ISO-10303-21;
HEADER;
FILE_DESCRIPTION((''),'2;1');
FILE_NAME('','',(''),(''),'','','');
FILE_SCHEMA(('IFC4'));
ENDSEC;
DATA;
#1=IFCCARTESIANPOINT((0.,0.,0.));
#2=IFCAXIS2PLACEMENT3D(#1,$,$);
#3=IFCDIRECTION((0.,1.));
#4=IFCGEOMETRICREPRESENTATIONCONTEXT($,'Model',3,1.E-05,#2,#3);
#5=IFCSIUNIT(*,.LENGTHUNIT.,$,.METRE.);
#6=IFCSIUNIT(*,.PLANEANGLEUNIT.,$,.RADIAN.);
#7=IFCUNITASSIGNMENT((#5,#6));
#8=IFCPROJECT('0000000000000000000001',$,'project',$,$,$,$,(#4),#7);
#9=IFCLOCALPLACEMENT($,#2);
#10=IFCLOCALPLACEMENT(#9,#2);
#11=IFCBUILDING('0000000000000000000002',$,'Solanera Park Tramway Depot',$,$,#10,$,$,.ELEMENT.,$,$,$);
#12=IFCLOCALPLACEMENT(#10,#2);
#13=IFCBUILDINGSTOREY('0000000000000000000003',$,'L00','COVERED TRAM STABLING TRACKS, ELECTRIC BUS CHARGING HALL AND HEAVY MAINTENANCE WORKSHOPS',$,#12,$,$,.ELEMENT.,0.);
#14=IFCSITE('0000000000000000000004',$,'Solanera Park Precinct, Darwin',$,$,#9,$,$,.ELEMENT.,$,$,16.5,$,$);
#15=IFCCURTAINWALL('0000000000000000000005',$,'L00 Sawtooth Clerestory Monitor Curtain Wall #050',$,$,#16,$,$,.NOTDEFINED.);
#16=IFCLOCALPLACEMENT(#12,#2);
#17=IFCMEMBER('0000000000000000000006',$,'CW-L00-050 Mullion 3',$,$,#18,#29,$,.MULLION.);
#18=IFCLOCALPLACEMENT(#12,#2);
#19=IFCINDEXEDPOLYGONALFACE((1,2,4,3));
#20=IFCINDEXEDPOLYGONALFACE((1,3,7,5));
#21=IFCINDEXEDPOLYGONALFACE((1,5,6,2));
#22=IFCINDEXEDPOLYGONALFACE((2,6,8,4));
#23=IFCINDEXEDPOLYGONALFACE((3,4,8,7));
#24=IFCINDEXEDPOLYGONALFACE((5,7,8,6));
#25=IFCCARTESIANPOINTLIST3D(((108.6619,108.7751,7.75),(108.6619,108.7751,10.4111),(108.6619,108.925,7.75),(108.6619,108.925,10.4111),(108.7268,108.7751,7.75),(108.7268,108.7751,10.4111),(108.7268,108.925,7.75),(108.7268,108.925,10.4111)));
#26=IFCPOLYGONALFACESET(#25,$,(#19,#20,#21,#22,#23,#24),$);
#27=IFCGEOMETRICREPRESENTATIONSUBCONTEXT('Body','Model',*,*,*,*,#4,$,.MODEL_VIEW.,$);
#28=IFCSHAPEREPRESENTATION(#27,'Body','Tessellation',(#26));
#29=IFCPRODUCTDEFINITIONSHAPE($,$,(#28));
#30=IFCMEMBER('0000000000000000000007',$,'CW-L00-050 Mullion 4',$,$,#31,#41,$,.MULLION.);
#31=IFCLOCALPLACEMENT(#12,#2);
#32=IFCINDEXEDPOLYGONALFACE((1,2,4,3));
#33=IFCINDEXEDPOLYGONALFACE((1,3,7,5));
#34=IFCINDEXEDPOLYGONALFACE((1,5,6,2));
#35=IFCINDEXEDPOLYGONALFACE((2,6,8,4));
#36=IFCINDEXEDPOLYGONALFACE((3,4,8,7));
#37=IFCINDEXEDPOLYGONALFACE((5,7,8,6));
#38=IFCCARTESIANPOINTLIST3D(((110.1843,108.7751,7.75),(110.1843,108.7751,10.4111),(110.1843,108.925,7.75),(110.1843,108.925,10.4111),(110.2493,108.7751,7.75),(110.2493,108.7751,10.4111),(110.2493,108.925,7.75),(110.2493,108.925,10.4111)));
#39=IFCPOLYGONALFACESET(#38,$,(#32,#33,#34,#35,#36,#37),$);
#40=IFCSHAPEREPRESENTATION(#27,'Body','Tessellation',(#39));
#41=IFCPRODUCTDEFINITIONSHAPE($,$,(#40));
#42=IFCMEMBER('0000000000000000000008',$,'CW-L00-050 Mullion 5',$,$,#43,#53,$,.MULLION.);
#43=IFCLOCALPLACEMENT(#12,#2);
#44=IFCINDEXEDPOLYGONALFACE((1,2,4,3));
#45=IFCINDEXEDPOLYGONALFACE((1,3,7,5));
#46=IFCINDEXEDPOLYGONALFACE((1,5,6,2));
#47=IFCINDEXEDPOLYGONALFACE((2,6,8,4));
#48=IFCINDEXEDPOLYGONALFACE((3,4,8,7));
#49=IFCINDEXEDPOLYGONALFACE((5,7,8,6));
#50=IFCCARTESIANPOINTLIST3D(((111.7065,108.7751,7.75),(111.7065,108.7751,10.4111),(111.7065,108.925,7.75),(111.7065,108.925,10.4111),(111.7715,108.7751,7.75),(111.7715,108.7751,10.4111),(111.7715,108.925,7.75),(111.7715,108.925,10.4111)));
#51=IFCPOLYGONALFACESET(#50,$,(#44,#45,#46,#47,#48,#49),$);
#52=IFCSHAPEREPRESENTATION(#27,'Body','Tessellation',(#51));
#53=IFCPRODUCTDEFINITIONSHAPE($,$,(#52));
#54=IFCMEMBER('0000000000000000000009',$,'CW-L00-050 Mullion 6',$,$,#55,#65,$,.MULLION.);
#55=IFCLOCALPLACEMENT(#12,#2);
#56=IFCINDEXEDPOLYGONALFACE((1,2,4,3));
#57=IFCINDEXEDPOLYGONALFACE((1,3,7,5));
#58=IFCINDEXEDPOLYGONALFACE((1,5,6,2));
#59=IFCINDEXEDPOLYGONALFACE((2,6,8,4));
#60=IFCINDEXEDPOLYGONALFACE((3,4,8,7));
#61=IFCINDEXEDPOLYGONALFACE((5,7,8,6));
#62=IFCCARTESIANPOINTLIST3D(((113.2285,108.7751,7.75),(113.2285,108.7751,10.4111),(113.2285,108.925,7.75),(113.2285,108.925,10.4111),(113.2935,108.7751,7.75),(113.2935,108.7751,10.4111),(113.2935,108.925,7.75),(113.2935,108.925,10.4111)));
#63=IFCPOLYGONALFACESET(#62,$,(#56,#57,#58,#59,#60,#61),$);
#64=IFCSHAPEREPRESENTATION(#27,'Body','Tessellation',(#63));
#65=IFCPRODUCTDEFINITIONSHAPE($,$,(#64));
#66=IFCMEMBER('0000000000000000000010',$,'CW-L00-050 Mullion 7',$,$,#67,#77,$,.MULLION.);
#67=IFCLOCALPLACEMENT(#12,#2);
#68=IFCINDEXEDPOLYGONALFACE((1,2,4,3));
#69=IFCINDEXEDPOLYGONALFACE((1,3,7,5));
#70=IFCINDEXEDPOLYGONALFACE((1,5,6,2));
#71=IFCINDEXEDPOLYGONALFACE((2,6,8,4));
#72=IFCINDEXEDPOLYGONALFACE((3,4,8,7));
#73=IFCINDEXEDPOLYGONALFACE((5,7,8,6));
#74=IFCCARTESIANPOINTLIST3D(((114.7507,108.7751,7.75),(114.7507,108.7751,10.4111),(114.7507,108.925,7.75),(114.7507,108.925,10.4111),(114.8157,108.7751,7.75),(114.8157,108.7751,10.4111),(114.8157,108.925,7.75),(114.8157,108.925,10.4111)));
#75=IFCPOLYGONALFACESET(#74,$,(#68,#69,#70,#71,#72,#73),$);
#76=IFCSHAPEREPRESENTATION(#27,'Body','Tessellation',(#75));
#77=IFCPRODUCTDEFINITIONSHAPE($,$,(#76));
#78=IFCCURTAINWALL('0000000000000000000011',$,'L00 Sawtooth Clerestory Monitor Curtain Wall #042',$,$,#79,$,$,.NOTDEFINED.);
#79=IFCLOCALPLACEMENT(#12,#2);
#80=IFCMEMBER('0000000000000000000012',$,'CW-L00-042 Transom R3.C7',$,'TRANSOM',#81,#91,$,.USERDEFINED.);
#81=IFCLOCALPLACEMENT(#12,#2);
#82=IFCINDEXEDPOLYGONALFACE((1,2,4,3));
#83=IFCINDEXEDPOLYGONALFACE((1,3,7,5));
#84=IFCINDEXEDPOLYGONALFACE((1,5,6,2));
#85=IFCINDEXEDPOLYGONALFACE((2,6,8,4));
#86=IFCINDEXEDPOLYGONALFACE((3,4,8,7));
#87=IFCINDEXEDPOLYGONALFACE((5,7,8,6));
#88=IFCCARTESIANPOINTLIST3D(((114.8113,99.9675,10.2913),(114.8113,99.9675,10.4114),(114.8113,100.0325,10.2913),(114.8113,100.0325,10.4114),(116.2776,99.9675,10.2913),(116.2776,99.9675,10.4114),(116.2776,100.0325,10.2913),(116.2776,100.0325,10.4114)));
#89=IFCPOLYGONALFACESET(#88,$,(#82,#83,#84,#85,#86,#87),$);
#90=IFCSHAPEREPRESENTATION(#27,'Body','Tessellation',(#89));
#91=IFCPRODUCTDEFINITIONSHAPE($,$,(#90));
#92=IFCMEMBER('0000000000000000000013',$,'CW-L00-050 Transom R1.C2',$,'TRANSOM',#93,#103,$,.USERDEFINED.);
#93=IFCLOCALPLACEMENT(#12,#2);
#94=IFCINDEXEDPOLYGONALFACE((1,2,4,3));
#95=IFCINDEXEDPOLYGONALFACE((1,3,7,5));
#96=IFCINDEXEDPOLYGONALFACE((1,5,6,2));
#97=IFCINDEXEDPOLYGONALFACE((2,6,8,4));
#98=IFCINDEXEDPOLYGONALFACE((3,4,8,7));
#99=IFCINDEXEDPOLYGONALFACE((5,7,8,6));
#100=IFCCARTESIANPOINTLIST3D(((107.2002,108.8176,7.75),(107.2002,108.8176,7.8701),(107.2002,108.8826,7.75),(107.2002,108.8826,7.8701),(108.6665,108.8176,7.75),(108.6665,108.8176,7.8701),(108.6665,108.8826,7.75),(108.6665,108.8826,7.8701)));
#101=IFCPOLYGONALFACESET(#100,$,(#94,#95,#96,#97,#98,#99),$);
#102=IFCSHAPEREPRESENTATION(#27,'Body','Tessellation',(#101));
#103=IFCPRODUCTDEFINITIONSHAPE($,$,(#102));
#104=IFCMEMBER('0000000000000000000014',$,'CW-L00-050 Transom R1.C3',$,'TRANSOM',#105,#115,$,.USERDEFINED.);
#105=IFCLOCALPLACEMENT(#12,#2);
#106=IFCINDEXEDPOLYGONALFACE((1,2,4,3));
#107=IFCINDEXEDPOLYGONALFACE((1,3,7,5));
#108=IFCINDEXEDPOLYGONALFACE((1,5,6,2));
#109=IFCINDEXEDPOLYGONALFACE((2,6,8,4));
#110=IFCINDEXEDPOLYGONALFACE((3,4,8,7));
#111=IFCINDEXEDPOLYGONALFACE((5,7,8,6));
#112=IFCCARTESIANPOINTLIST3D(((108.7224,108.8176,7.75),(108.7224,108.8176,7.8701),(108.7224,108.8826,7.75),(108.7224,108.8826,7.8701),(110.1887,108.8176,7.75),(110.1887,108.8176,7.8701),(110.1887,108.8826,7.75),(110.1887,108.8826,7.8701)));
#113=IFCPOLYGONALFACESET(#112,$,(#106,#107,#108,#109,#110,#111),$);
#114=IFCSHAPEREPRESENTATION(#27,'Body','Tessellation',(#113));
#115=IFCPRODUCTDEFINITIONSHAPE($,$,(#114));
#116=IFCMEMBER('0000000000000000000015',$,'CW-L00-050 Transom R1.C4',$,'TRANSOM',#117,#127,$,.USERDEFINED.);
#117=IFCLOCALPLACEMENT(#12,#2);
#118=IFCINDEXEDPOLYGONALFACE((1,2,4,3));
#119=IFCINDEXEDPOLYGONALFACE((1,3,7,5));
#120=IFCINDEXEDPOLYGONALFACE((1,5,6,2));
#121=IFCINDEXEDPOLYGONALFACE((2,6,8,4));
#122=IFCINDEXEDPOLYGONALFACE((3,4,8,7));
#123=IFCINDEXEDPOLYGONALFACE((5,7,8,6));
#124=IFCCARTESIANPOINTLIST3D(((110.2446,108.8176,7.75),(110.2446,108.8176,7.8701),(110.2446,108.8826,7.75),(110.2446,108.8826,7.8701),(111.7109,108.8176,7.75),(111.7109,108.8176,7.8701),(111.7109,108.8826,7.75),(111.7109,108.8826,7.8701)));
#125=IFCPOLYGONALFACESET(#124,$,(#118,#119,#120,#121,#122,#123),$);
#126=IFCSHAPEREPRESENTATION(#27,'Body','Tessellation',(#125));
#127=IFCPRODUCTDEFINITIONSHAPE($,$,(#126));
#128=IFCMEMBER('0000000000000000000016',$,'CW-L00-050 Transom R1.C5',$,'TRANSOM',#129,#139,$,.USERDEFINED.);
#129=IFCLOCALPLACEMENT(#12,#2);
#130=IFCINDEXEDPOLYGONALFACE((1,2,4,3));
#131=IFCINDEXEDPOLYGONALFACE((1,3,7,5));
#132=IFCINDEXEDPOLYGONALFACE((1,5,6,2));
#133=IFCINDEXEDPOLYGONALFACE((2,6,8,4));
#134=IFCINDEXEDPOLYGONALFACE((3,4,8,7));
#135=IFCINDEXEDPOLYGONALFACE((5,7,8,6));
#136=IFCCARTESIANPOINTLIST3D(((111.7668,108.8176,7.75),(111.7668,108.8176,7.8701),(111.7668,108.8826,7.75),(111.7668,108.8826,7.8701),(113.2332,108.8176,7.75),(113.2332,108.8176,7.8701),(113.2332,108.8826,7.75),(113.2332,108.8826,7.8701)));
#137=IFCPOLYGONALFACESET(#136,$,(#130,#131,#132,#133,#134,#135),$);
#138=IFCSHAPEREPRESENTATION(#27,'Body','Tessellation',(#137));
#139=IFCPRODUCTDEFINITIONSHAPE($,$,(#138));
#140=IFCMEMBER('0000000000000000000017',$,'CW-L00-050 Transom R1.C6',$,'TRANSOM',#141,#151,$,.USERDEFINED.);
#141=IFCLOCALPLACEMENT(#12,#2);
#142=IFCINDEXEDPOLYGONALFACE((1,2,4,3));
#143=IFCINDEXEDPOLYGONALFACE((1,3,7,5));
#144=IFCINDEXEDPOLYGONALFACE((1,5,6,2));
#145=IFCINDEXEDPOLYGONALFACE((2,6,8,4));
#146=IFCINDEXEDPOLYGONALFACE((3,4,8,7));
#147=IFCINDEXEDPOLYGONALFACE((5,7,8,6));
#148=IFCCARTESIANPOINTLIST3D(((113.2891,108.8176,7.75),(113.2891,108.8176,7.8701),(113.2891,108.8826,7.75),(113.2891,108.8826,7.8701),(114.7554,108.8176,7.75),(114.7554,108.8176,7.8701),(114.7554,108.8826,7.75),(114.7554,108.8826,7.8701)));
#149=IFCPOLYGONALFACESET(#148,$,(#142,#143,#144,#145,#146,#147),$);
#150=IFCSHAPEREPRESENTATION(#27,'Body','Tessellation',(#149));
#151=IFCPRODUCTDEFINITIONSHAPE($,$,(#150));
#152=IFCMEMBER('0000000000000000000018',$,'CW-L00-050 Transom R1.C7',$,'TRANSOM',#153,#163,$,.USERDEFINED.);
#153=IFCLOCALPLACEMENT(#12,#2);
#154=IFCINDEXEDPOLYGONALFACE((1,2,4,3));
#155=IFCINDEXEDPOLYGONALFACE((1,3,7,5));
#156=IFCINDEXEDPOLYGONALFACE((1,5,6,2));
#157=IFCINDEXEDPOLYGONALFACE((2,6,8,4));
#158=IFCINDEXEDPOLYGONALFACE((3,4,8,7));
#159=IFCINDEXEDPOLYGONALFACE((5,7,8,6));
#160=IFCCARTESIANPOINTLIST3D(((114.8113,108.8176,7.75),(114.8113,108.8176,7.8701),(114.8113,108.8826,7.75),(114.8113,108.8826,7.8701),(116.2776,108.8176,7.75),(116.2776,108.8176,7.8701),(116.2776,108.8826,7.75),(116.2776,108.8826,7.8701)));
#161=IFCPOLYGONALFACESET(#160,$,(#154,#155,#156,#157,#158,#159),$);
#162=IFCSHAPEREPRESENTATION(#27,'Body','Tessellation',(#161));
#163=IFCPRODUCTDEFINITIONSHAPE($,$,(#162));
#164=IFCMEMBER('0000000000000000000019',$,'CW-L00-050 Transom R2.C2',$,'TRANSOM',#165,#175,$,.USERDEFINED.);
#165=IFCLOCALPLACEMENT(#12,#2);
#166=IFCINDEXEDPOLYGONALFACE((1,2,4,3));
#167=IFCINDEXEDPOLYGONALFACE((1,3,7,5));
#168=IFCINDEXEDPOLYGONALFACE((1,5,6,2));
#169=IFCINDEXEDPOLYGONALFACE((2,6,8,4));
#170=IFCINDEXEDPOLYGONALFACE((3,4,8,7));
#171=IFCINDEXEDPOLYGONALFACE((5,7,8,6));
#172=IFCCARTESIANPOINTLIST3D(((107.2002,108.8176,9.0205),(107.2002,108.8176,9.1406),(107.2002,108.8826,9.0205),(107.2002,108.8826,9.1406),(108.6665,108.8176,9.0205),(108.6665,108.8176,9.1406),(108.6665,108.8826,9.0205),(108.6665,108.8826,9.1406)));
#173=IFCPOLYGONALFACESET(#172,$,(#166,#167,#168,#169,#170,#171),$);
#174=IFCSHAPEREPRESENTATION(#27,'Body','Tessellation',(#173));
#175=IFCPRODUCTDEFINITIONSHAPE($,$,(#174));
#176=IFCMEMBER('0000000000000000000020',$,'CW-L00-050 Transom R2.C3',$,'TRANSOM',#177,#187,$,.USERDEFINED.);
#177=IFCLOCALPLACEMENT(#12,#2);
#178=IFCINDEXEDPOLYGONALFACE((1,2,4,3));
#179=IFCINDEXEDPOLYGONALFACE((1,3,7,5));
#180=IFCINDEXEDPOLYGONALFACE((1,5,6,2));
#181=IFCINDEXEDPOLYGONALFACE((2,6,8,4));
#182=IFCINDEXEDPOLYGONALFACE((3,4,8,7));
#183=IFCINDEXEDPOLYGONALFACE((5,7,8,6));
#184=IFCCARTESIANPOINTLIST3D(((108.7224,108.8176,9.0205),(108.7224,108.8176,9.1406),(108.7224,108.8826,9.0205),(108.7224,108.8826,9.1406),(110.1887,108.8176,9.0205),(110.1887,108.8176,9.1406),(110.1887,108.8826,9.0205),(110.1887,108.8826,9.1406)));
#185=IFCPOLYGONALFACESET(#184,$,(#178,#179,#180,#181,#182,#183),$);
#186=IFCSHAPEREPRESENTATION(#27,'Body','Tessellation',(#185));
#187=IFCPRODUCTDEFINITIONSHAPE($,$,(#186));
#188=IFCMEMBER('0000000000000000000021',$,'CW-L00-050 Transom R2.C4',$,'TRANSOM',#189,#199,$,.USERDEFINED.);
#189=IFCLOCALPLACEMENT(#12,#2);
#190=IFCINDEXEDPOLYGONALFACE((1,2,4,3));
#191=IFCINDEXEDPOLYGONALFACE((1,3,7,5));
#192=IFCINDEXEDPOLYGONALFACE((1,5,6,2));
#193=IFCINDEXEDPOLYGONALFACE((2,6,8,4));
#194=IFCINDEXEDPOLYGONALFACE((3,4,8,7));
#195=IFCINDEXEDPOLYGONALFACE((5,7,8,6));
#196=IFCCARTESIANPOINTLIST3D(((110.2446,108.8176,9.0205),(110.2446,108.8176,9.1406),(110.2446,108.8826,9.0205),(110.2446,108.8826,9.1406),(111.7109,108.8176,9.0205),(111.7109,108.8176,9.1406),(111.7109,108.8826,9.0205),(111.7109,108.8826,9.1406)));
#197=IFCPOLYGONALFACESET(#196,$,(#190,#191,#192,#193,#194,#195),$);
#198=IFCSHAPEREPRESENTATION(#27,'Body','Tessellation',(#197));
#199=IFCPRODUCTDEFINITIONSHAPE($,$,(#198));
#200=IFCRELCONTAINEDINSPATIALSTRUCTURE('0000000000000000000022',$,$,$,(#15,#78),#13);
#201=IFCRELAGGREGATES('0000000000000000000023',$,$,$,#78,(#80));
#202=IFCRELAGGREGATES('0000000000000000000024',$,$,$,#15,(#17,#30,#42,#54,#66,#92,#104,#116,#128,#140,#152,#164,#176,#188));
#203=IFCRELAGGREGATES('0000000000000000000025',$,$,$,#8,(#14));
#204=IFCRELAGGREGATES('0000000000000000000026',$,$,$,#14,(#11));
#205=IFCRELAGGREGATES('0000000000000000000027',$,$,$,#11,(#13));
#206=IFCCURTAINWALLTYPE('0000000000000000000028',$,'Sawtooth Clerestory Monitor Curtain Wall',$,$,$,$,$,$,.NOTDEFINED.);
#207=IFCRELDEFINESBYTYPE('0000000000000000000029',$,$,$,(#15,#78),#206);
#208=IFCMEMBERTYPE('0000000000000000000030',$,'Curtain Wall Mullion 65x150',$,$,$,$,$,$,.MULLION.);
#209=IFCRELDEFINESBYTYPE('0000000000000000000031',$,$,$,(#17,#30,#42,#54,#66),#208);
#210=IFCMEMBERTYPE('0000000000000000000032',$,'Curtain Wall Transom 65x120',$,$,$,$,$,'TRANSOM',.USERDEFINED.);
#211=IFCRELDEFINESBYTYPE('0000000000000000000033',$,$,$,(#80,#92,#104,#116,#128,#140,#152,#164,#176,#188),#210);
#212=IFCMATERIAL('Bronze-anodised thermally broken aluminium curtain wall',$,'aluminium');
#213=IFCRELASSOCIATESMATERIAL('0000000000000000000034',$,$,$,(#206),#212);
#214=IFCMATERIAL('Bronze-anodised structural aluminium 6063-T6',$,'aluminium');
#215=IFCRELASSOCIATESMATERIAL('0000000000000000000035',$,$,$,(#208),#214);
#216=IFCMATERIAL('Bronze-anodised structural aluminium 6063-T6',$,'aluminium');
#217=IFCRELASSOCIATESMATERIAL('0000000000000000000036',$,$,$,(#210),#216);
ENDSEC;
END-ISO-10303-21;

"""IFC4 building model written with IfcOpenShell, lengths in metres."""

from ifc_helpers import new_model, si_unit, direction, frame, origin, origin_2d, place, context, subcontext, project, spatial, rectangle, extrude, material, material_profile, profile_set, type_object, element, aggregate, save


model = new_model("IFC4")

# Units and contexts
model_context = context("Model", 3, precision=1e-05, world=origin(), true_north=direction((0.0, 1.0)))
body_context = subcontext(model_context, "Body", "Model", "MODEL_VIEW")
ifc_project = project(units=[si_unit("LENGTHUNIT", "METRE"), si_unit("PLANEANGLEUNIT", "RADIAN")], contexts=[model_context])

# Site, building, storey
site_placement = place(None, origin())
site = spatial("IfcSite", under=ifc_project, at=site_placement, Name="Solanera Park Precinct, Darwin", CompositionType="ELEMENT", RefElevation=16.5)
building_placement = place(site_placement, origin())
building = spatial("IfcBuilding", under=site, at=building_placement, Name="Solanera Park Tramway Depot", CompositionType="ELEMENT")
storey_placement = place(building_placement, origin())
storey = spatial("IfcBuildingStorey", under=building, at=storey_placement, Name="L00", Description="COVERED TRAM STABLING TRACKS, ELECTRIC BUS CHARGING HALL AND HEAVY MAINTENANCE WORKSHOPS", CompositionType="ELEMENT", Elevation=0.0)

# Curtain wall, members
ifc_material_1 = material(Name="Bronze-anodised thermally broken aluminium curtain wall", Category="aluminium")
curtain_wall_type = type_object("IfcCurtainWallType", Name="Sawtooth Clerestory Monitor Curtain Wall", PredefinedType="NOTDEFINED", material=ifc_material_1)
curtain_wall_1_placement = place(storey_placement, origin())
curtain_wall_1 = element("IfcCurtainWall", 1, at=curtain_wall_1_placement, inside=storey, type_object=curtain_wall_type, Name="L00 Sawtooth Clerestory Monitor Curtain Wall #050", PredefinedType="NOTDEFINED")
ifc_material_2 = material(Name="Bronze-anodised structural aluminium 6063-T6", Category="aluminium")
ifc_material_profile_1 = material_profile(ifc_material_2, rectangle(XDim=0.0649, YDim=0.1499, at=origin_2d()), Name="Curtain Wall Mullion 65x150")
ifc_profile_set_1 = profile_set([ifc_material_profile_1], Name="Bronze-anodised structural aluminium 6063-T6")
member_type_1 = type_object("IfcMemberType", Name="Curtain Wall Mullion 65x150", PredefinedType="MULLION", material=ifc_profile_set_1)
member_1_placement = place(storey_placement, frame((108.6943, 108.8501, 7.75), z_axis=(0.0, 0.0, 1.0), x_axis=(1.0, 0.0, 0.0)))
member_1 = element("IfcMember", 2, at=member_1_placement, type_object=member_type_1, Name="CW-L00-050 Mullion 3", PredefinedType="MULLION", context=body_context, shape_type="SweptSolid", body=[
    extrude(rectangle(XDim=0.0649, YDim=0.1499, at=origin_2d()), origin(), (0.0, 0.0, 1.0), 2.6611),
])
member_2_placement = place(storey_placement, frame((110.2168, 108.8501, 7.75), z_axis=(0.0, 0.0, 1.0), x_axis=(1.0, 0.0, 0.0)))
member_2 = element("IfcMember", 3, at=member_2_placement, type_object=member_type_1, Name="CW-L00-050 Mullion 4", PredefinedType="MULLION", context=body_context, shape_type="SweptSolid", body=[
    extrude(rectangle(XDim=0.0649, YDim=0.1499, at=origin_2d()), origin(), (0.0, 0.0, 1.0), 2.6611),
])
member_3_placement = place(storey_placement, frame((111.739, 108.8501, 7.75), z_axis=(0.0, 0.0, 1.0), x_axis=(1.0, 0.0, 0.0)))
member_3 = element("IfcMember", 4, at=member_3_placement, type_object=member_type_1, Name="CW-L00-050 Mullion 5", PredefinedType="MULLION", context=body_context, shape_type="SweptSolid", body=[
    extrude(rectangle(XDim=0.0649, YDim=0.1499, at=origin_2d()), origin(), (0.0, 0.0, 1.0), 2.6611),
])
member_4_placement = place(storey_placement, frame((113.261, 108.8501, 7.75), z_axis=(0.0, 0.0, 1.0), x_axis=(1.0, 0.0, 0.0)))
member_4 = element("IfcMember", 5, at=member_4_placement, type_object=member_type_1, Name="CW-L00-050 Mullion 6", PredefinedType="MULLION", context=body_context, shape_type="SweptSolid", body=[
    extrude(rectangle(XDim=0.0649, YDim=0.1499, at=origin_2d()), origin(), (0.0, 0.0, 1.0), 2.6611),
])
member_5_placement = place(storey_placement, frame((114.7832, 108.8501, 7.75), z_axis=(0.0, 0.0, 1.0), x_axis=(1.0, 0.0, 0.0)))
member_5 = element("IfcMember", 6, at=member_5_placement, type_object=member_type_1, Name="CW-L00-050 Mullion 7", PredefinedType="MULLION", context=body_context, shape_type="SweptSolid", body=[
    extrude(rectangle(XDim=0.0649, YDim=0.1499, at=origin_2d()), origin(), (0.0, 0.0, 1.0), 2.6611),
])

# Curtain wall, member
curtain_wall_2_placement = place(storey_placement, origin())
curtain_wall_2 = element("IfcCurtainWall", 7, at=curtain_wall_2_placement, inside=storey, type_object=curtain_wall_type, Name="L00 Sawtooth Clerestory Monitor Curtain Wall #042", PredefinedType="NOTDEFINED")
ifc_material_3 = material(Name="Bronze-anodised structural aluminium 6063-T6", Category="aluminium")
ifc_material_profile_2 = material_profile(ifc_material_3, rectangle(XDim=0.0649, YDim=0.1201, at=origin_2d()), Name="Curtain Wall Transom 65x120")
ifc_profile_set_2 = profile_set([ifc_material_profile_2], Name="Bronze-anodised structural aluminium 6063-T6")
member_type_2 = type_object("IfcMemberType", Name="Curtain Wall Transom 65x120", ElementType="TRANSOM", PredefinedType="USERDEFINED", material=ifc_profile_set_2)
member_6_placement = place(storey_placement, frame((114.8113, 100.0, 10.3513), z_axis=(1.0, 0.0, 0.0), x_axis=(0.0, 1.0, 0.0)))
member_6 = element("IfcMember", 8, at=member_6_placement, type_object=member_type_2, Name="CW-L00-042 Transom R3.C7", ObjectType="TRANSOM", PredefinedType="USERDEFINED", context=body_context, shape_type="SweptSolid", body=[
    extrude(rectangle(XDim=0.0649, YDim=0.1201, at=origin_2d()), origin(), (0.0, 0.0, 1.0), 1.4663),
])
aggregate(curtain_wall_2, [member_6])

# Members
member_7_placement = place(storey_placement, frame((107.2002, 108.8501, 7.8101), z_axis=(1.0, 0.0, 0.0), x_axis=(0.0, 1.0, 0.0)))
member_7 = element("IfcMember", 9, at=member_7_placement, type_object=member_type_2, Name="CW-L00-050 Transom R1.C2", ObjectType="TRANSOM", PredefinedType="USERDEFINED", context=body_context, shape_type="SweptSolid", body=[
    extrude(rectangle(XDim=0.0649, YDim=0.1201, at=origin_2d()), origin(), (0.0, 0.0, 1.0), 1.4663),
])
member_8_placement = place(storey_placement, frame((108.7224, 108.8501, 7.8101), z_axis=(1.0, 0.0, 0.0), x_axis=(0.0, 1.0, 0.0)))
member_8 = element("IfcMember", 10, at=member_8_placement, type_object=member_type_2, Name="CW-L00-050 Transom R1.C3", ObjectType="TRANSOM", PredefinedType="USERDEFINED", context=body_context, shape_type="SweptSolid", body=[
    extrude(rectangle(XDim=0.0649, YDim=0.1201, at=origin_2d()), origin(), (0.0, 0.0, 1.0), 1.4663),
])
member_9_placement = place(storey_placement, frame((110.2446, 108.8501, 7.8101), z_axis=(1.0, 0.0, 0.0), x_axis=(0.0, 1.0, 0.0)))
member_9 = element("IfcMember", 11, at=member_9_placement, type_object=member_type_2, Name="CW-L00-050 Transom R1.C4", ObjectType="TRANSOM", PredefinedType="USERDEFINED", context=body_context, shape_type="SweptSolid", body=[
    extrude(rectangle(XDim=0.0649, YDim=0.1201, at=origin_2d()), origin(), (0.0, 0.0, 1.0), 1.4663),
])
member_10_placement = place(storey_placement, frame((111.7668, 108.8501, 7.8101), z_axis=(1.0, 0.0, 0.0), x_axis=(0.0, 1.0, 0.0)))
member_10 = element("IfcMember", 12, at=member_10_placement, type_object=member_type_2, Name="CW-L00-050 Transom R1.C5", ObjectType="TRANSOM", PredefinedType="USERDEFINED", context=body_context, shape_type="SweptSolid", body=[
    extrude(rectangle(XDim=0.0649, YDim=0.1201, at=origin_2d()), origin(), (0.0, 0.0, 1.0), 1.4663),
])
member_11_placement = place(storey_placement, frame((113.2891, 108.8501, 7.8101), z_axis=(1.0, 0.0, 0.0), x_axis=(0.0, 1.0, 0.0)))
member_11 = element("IfcMember", 13, at=member_11_placement, type_object=member_type_2, Name="CW-L00-050 Transom R1.C6", ObjectType="TRANSOM", PredefinedType="USERDEFINED", context=body_context, shape_type="SweptSolid", body=[
    extrude(rectangle(XDim=0.0649, YDim=0.1201, at=origin_2d()), origin(), (0.0, 0.0, 1.0), 1.4663),
])
member_12_placement = place(storey_placement, frame((114.8113, 108.8501, 7.8101), z_axis=(1.0, 0.0, 0.0), x_axis=(0.0, 1.0, 0.0)))
member_12 = element("IfcMember", 14, at=member_12_placement, type_object=member_type_2, Name="CW-L00-050 Transom R1.C7", ObjectType="TRANSOM", PredefinedType="USERDEFINED", context=body_context, shape_type="SweptSolid", body=[
    extrude(rectangle(XDim=0.0649, YDim=0.1201, at=origin_2d()), origin(), (0.0, 0.0, 1.0), 1.4663),
])
member_13_placement = place(storey_placement, frame((107.2002, 108.8501, 9.0806), z_axis=(1.0, 0.0, 0.0), x_axis=(0.0, 1.0, 0.0)))
member_13 = element("IfcMember", 15, at=member_13_placement, type_object=member_type_2, Name="CW-L00-050 Transom R2.C2", ObjectType="TRANSOM", PredefinedType="USERDEFINED", context=body_context, shape_type="SweptSolid", body=[
    extrude(rectangle(XDim=0.0649, YDim=0.1201, at=origin_2d()), origin(), (0.0, 0.0, 1.0), 1.4663),
])
member_14_placement = place(storey_placement, frame((108.7224, 108.8501, 9.0806), z_axis=(1.0, 0.0, 0.0), x_axis=(0.0, 1.0, 0.0)))
member_14 = element("IfcMember", 16, at=member_14_placement, type_object=member_type_2, Name="CW-L00-050 Transom R2.C3", ObjectType="TRANSOM", PredefinedType="USERDEFINED", context=body_context, shape_type="SweptSolid", body=[
    extrude(rectangle(XDim=0.0649, YDim=0.1201, at=origin_2d()), origin(), (0.0, 0.0, 1.0), 1.4663),
])
member_15_placement = place(storey_placement, frame((110.2446, 108.8501, 9.0806), z_axis=(1.0, 0.0, 0.0), x_axis=(0.0, 1.0, 0.0)))
member_15 = element("IfcMember", 17, at=member_15_placement, type_object=member_type_2, Name="CW-L00-050 Transom R2.C4", ObjectType="TRANSOM", PredefinedType="USERDEFINED", context=body_context, shape_type="SweptSolid", body=[
    extrude(rectangle(XDim=0.0649, YDim=0.1201, at=origin_2d()), origin(), (0.0, 0.0, 1.0), 1.4663),
])

aggregate(curtain_wall_1, [member_1, member_2, member_3, member_4, member_5, member_7, member_8, member_9, member_10, member_11, member_12, member_13, member_14, member_15])

save(model, "model.ifc")
